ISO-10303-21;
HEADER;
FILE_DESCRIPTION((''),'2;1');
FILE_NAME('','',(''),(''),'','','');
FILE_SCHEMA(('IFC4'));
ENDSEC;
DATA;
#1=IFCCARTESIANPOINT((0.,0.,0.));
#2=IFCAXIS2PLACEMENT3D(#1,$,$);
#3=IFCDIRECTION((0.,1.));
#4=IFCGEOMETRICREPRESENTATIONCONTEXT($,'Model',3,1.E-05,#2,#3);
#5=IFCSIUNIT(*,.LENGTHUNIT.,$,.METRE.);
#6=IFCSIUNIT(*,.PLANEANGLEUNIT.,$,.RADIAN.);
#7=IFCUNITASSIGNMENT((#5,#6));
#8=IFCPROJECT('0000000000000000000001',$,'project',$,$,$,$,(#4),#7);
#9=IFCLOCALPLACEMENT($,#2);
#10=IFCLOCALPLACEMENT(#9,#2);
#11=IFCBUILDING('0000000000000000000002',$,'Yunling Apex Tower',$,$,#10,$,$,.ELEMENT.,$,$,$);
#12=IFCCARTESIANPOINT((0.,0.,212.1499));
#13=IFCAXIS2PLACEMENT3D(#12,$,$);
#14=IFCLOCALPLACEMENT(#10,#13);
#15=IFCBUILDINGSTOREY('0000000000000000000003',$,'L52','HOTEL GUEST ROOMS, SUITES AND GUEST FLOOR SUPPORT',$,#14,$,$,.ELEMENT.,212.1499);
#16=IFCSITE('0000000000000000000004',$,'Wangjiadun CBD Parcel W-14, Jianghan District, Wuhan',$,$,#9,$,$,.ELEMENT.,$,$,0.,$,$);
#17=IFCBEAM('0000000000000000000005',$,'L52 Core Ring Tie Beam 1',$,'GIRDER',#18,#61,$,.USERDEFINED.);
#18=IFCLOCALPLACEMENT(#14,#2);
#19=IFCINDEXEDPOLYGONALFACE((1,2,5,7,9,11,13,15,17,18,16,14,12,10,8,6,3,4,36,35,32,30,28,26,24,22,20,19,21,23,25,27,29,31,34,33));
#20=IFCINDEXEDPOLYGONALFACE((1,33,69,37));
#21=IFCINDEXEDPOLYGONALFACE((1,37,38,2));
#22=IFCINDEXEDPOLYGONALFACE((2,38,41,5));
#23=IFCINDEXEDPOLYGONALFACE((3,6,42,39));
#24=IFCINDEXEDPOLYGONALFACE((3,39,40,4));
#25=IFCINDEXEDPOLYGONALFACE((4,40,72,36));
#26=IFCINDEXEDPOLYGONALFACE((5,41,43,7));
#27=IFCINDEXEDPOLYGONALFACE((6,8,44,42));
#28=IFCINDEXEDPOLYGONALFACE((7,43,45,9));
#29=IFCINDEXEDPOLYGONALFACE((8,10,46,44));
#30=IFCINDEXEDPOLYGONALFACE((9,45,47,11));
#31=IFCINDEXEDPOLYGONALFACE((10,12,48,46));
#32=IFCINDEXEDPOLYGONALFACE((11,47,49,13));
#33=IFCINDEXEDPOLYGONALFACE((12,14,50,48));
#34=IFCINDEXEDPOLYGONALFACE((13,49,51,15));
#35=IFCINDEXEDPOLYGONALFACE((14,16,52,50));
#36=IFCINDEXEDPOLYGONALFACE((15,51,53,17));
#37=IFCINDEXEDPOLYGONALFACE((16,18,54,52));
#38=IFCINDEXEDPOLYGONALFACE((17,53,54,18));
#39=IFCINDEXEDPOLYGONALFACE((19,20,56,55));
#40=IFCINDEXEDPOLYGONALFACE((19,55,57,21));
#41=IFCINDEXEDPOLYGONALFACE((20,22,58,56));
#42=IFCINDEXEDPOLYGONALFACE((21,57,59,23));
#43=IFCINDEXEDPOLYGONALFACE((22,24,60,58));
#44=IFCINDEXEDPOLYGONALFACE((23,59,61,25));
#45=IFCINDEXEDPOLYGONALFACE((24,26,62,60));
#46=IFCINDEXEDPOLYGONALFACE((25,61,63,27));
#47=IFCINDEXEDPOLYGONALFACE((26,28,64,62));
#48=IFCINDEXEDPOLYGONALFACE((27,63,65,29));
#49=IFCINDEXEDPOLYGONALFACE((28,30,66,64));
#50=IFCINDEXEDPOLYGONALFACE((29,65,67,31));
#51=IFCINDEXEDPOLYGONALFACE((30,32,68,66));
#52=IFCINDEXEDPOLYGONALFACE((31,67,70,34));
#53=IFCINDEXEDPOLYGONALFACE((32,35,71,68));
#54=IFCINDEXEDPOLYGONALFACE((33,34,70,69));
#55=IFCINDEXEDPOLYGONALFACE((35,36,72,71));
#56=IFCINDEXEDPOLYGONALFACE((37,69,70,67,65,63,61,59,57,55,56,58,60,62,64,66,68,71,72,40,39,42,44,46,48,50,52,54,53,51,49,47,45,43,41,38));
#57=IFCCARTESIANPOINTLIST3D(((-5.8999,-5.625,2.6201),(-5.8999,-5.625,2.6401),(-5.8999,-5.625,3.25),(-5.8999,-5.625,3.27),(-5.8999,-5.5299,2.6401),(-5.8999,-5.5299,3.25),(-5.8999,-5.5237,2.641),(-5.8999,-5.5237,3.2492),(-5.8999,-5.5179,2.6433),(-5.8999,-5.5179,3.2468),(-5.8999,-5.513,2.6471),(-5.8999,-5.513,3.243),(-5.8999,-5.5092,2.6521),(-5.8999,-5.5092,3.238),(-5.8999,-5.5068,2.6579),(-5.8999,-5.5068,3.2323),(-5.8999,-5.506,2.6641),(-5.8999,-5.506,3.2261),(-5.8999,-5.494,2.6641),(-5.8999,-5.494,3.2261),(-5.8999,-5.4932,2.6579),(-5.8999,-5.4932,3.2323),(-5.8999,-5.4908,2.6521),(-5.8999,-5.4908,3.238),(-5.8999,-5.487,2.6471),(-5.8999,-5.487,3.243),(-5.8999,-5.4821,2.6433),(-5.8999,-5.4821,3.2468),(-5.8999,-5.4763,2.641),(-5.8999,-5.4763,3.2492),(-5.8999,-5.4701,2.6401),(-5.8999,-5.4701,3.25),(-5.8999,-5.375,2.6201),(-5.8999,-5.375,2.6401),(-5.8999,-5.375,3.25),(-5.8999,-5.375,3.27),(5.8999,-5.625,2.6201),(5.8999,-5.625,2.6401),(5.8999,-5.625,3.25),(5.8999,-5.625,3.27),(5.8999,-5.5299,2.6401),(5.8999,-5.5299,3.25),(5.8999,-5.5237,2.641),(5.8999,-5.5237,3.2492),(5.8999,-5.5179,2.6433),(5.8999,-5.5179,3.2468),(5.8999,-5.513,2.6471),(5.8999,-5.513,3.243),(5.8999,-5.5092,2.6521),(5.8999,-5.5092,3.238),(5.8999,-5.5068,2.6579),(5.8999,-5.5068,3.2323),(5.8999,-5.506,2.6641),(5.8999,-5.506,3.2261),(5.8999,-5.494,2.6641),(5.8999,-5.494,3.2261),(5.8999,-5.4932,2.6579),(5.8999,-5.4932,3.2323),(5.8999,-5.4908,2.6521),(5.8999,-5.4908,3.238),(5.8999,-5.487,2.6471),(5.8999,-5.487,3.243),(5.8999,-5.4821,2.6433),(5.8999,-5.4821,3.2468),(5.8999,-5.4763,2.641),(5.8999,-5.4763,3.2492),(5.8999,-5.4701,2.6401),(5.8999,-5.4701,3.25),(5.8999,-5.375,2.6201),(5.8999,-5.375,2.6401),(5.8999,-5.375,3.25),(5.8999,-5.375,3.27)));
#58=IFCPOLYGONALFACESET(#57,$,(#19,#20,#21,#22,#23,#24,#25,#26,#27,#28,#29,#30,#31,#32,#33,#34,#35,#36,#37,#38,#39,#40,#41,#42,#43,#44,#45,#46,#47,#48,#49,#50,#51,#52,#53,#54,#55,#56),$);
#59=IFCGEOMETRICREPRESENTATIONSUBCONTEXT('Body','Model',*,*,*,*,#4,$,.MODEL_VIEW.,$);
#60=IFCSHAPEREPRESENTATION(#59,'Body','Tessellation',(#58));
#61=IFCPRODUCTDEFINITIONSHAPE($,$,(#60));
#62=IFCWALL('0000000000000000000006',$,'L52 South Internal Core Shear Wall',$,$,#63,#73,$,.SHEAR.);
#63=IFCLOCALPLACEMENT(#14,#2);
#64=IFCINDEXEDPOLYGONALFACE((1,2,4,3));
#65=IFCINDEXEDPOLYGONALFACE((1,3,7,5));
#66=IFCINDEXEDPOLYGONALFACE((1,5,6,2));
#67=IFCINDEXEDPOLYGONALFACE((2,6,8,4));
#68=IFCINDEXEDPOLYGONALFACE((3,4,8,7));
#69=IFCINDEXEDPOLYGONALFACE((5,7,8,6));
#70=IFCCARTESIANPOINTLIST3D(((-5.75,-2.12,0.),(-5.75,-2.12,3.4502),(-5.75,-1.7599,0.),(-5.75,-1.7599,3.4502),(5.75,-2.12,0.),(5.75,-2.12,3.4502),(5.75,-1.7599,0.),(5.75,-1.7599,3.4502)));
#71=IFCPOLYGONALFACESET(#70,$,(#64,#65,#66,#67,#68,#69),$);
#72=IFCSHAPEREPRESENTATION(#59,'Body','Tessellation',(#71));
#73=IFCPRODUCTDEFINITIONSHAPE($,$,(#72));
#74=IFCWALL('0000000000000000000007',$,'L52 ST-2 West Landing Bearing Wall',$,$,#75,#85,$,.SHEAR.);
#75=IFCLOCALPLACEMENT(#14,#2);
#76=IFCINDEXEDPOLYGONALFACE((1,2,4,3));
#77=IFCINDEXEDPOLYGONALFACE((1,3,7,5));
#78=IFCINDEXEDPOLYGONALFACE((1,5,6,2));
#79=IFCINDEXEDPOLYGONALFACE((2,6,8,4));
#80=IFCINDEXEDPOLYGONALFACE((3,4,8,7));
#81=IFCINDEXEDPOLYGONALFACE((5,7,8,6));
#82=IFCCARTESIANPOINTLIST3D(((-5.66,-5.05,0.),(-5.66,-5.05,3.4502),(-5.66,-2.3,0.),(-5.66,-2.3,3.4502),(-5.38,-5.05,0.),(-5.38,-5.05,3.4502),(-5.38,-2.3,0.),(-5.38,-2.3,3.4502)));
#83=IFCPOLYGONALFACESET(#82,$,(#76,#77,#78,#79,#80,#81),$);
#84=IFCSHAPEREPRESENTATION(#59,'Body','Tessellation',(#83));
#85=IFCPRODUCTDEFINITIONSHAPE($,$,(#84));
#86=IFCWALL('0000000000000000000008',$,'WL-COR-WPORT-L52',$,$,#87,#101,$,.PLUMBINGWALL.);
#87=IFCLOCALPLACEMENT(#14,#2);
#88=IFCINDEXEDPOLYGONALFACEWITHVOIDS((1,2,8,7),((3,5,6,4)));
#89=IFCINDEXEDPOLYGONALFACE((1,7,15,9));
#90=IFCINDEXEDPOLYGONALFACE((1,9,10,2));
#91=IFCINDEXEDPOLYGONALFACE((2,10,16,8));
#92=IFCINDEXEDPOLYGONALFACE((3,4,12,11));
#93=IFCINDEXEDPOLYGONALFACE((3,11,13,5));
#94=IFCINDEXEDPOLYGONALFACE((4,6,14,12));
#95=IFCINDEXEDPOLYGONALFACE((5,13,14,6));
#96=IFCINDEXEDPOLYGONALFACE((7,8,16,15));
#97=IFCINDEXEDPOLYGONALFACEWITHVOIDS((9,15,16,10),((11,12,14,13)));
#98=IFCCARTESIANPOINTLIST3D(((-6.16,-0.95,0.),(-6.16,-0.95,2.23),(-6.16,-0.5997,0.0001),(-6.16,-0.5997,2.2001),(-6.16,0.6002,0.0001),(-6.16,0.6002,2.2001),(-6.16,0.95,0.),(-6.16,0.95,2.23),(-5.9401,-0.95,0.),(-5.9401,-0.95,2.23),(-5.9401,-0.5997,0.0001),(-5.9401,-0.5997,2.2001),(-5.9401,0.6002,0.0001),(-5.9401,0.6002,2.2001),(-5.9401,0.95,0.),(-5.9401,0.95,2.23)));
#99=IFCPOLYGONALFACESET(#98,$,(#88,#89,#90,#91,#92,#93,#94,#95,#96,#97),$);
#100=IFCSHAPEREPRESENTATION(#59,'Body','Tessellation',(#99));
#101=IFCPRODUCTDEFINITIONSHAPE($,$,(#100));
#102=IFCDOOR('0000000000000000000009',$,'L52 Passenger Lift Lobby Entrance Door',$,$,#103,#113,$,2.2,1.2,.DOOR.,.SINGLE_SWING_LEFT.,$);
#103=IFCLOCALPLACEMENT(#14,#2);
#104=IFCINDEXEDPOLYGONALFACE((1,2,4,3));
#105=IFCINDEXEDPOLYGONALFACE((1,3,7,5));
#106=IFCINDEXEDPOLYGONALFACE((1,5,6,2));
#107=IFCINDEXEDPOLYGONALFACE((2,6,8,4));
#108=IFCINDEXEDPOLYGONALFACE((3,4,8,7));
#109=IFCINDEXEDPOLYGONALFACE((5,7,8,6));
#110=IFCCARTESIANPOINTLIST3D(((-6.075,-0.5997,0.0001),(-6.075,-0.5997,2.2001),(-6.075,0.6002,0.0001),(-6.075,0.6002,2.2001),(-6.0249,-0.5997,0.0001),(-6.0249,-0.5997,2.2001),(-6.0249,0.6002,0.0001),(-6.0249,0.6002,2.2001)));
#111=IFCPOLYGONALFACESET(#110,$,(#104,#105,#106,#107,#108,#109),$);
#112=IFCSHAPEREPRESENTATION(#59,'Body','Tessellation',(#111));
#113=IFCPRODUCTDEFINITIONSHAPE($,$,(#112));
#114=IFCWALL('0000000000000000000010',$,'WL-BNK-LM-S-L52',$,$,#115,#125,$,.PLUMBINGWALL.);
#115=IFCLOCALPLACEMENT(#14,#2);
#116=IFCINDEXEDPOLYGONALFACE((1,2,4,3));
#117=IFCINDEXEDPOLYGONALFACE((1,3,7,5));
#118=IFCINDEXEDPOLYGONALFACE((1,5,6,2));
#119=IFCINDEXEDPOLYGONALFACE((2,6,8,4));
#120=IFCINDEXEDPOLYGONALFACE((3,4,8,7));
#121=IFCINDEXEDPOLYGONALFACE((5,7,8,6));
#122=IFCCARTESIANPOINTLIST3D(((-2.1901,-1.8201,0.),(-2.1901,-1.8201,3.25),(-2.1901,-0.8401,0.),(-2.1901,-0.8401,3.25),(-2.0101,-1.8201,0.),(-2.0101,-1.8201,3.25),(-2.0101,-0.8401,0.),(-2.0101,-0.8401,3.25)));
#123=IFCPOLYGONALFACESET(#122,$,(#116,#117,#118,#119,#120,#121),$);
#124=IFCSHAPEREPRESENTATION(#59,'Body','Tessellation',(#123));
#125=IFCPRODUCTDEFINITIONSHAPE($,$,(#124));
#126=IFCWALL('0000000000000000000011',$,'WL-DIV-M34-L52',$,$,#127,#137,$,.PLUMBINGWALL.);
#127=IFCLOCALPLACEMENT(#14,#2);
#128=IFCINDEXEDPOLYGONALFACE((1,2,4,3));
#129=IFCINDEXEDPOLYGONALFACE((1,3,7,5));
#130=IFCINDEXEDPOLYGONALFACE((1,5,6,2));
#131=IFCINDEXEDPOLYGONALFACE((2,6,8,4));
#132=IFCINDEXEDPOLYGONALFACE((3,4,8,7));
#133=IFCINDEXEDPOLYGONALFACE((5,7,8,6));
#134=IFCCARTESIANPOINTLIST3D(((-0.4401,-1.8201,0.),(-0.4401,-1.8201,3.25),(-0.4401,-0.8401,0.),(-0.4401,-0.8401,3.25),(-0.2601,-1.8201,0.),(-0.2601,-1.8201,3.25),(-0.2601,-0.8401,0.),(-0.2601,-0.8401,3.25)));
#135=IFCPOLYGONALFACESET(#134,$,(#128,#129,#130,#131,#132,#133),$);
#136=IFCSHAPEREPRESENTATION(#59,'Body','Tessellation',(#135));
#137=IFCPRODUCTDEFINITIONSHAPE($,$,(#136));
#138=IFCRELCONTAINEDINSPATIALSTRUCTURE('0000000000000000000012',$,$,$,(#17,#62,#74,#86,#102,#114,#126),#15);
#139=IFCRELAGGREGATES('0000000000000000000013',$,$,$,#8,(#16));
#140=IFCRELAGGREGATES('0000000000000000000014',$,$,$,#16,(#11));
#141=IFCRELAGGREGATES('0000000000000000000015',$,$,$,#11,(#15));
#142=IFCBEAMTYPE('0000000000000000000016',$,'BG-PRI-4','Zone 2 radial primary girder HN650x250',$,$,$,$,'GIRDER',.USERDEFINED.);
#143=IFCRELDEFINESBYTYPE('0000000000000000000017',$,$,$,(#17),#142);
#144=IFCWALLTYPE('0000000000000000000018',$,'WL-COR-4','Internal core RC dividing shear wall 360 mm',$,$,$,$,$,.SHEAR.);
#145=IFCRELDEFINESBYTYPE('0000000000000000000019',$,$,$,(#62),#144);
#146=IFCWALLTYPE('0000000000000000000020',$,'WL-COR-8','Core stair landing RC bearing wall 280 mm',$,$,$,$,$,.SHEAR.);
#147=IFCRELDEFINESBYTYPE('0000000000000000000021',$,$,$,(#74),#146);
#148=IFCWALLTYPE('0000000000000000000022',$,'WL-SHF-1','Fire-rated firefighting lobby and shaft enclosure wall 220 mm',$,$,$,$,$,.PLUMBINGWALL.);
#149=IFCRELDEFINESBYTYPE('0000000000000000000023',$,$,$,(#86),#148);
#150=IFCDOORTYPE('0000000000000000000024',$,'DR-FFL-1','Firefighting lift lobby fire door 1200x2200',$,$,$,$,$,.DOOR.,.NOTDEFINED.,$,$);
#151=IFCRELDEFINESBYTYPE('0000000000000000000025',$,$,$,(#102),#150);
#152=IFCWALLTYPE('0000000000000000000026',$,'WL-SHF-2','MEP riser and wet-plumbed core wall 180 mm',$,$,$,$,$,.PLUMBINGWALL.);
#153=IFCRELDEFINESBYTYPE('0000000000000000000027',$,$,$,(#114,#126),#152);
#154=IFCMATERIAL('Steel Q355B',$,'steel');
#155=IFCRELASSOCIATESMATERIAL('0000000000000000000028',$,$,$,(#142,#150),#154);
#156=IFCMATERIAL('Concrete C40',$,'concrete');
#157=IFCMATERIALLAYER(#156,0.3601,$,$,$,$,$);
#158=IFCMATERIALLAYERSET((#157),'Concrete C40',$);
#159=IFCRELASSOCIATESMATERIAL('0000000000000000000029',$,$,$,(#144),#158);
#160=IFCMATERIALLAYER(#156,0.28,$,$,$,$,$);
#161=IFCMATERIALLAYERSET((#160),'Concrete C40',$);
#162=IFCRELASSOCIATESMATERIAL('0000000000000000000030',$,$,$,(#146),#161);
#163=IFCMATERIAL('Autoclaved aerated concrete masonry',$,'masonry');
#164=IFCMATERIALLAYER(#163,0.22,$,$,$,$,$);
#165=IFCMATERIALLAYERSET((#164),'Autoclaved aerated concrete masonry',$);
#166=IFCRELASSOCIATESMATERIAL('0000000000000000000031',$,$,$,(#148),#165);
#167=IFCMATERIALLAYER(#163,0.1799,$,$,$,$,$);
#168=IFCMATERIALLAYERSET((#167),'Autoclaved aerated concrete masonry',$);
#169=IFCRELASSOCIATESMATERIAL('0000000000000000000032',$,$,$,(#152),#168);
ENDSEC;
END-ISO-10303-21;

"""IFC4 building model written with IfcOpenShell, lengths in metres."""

from ifc_helpers import new_model, si_unit, direction, frame, frame_2d, origin, origin_2d, place, context, subcontext, project, spatial, rectangle, i_section, extrude, source, transform, mapped, material, layer, layer_set, material_profile, profile_set, type_object, element, fill, save


model = new_model("IFC4")

# Units and contexts
model_context = context("Model", 3, precision=1e-05, world=origin(), true_north=direction((0.0, 1.0)))
body_context = subcontext(model_context, "Body", "Model", "MODEL_VIEW")
ifc_project = project(units=[si_unit("LENGTHUNIT", "METRE"), si_unit("PLANEANGLEUNIT", "RADIAN")], contexts=[model_context])

# Site, building, storey
site_placement = place(None, origin())
site = spatial("IfcSite", under=ifc_project, at=site_placement, Name="Wangjiadun CBD Parcel W-14, Jianghan District, Wuhan", CompositionType="ELEMENT", RefElevation=0.0)
building_placement = place(site_placement, origin())
building = spatial("IfcBuilding", under=site, at=building_placement, Name="Yunling Apex Tower", CompositionType="ELEMENT")
storey_placement = place(building_placement, frame((0.0, 0.0, 212.1499)))
storey = spatial("IfcBuildingStorey", under=building, at=storey_placement, Name="L52", Description="HOTEL GUEST ROOMS, SUITES AND GUEST FLOOR SUPPORT", CompositionType="ELEMENT", Elevation=212.1499)

# Beam
ifc_material_1 = material(Name="Steel Q355B", Category="steel")
ifc_material_profile_1 = material_profile(ifc_material_1, i_section(OverallWidth=0.25, OverallDepth=0.6499, WebThickness=0.012, FlangeThickness=0.02, FilletRadius=0.0239, at=origin_2d()))
ifc_profile_set_1 = profile_set([ifc_material_profile_1], Name="Steel Q355B")
beam_type_1 = type_object("IfcBeamType", Name="BG-PRI-4", Description="Zone 2 radial primary girder HN650x250", ElementType="GIRDER", PredefinedType="USERDEFINED", material=ifc_profile_set_1)
shared_shape_1 = source(origin(), body_context, "Body", "SweptSolid", [
    extrude(i_section(OverallWidth=0.25, OverallDepth=0.6499, WebThickness=0.012, FlangeThickness=0.02, FilletRadius=0.0239, at=origin_2d()), origin(), (0.0, 0.0, 1.0), 11.7998),
])
beam_1_placement = place(storey_placement, frame((-5.8999, -5.5, 2.9451), z_axis=(1.0, 0.0, 0.0), x_axis=(0.0, 1.0, 0.0)))
element("IfcBeam", 1, at=beam_1_placement, inside=storey, type_object=beam_type_1, Name="L52 Core Ring Tie Beam 1", ObjectType="GIRDER", PredefinedType="USERDEFINED", context=body_context, shape_type="MappedRepresentation", body=[
    mapped(shared_shape_1, transform((0.0, 0.0, 0.0), scale=1.0)),
])

# Walls
ifc_material_2 = material(Name="Concrete C40", Category="concrete")
ifc_layer_1 = layer(ifc_material_2, 0.3601)
ifc_layer_set_1 = layer_set([ifc_layer_1], Name="Concrete C40")
wall_type_1 = type_object("IfcWallType", Name="WL-COR-4", Description="Internal core RC dividing shear wall 360 mm", PredefinedType="SHEAR", material=ifc_layer_set_1)
wall_1_placement = place(storey_placement, frame((-5.75, -1.9399, 0.0), z_axis=(0.0, 0.0, 1.0), x_axis=(1.0, 0.0, 0.0)))
element("IfcWall", 2, at=wall_1_placement, inside=storey, type_object=wall_type_1, Name="L52 South Internal Core Shear Wall", PredefinedType="SHEAR", context=body_context, shape_type="SweptSolid", body=[
    extrude(rectangle(XDim=11.5, YDim=0.3601, at=frame_2d((5.75, 0.0))), origin(), (0.0, 0.0, 1.0), 3.4502),
])
ifc_layer_2 = layer(ifc_material_2, 0.28)
ifc_layer_set_2 = layer_set([ifc_layer_2], Name="Concrete C40")
wall_type_2 = type_object("IfcWallType", Name="WL-COR-8", Description="Core stair landing RC bearing wall 280 mm", PredefinedType="SHEAR", material=ifc_layer_set_2)
wall_2_placement = place(storey_placement, frame((-5.52, -5.05, 0.0), z_axis=(0.0, 0.0, 1.0), x_axis=(0.0, 1.0, 0.0)))
element("IfcWall", 3, at=wall_2_placement, inside=storey, type_object=wall_type_2, Name="L52 ST-2 West Landing Bearing Wall", PredefinedType="SHEAR", context=body_context, shape_type="SweptSolid", body=[
    extrude(rectangle(XDim=2.75, YDim=0.28, at=frame_2d((1.375, 0.0))), origin(), (0.0, 0.0, 1.0), 3.4502),
])

# Wall, opening, door
ifc_material_3 = material(Name="Autoclaved aerated concrete masonry", Category="masonry")
ifc_layer_3 = layer(ifc_material_3, 0.22)
ifc_layer_set_3 = layer_set([ifc_layer_3], Name="Autoclaved aerated concrete masonry")
wall_type_3 = type_object("IfcWallType", Name="WL-SHF-1", Description="Fire-rated firefighting lobby and shaft enclosure wall 220 mm", PredefinedType="PLUMBINGWALL", material=ifc_layer_set_3)
wall_3_placement = place(storey_placement, frame((-6.05, -0.95, 0.0), z_axis=(0.0, 0.0, 1.0), x_axis=(0.0, 1.0, 0.0)))
wall_3 = element("IfcWall", 4, at=wall_3_placement, inside=storey, type_object=wall_type_3, Name="WL-COR-WPORT-L52", PredefinedType="PLUMBINGWALL", context=body_context, shape_type="SweptSolid", body=[
    extrude(rectangle(XDim=1.8999, YDim=0.22, at=frame_2d((0.95, 0.0))), origin(), (0.0, 0.0, 1.0), 2.23),
])
opening_1_placement = place(wall_3_placement, frame((0.3501, 0.0, 0.0)))
opening_1 = element("IfcOpeningElement", 5, at=opening_1_placement, cuts=wall_3, PredefinedType="OPENING", context=body_context, shape_type="SweptSolid", body=[
    extrude(rectangle(XDim=1.2, YDim=2.2, at=frame_2d((0.6001, 1.1001))), frame((0.0, 0.1201, 0.0), z_axis=(0.0, -1.0, 0.0), x_axis=(1.0, 0.0, 0.0)), (0.0, 0.0, 1.0), 0.24),
])
door_type_1 = type_object("IfcDoorType", Name="DR-FFL-1", Description="Firefighting lift lobby fire door 1200x2200", OperationType="NOTDEFINED", PredefinedType="DOOR", material=ifc_material_1)
door_1_placement = place(opening_1_placement, origin())
door_1 = element("IfcDoor", 6, at=door_1_placement, inside=storey, type_object=door_type_1, Name="L52 Passenger Lift Lobby Entrance Door", OperationType="SINGLE_SWING_LEFT", OverallHeight=2.2, OverallWidth=1.2, PredefinedType="DOOR", context=body_context, shape_type="SweptSolid", body=[
    extrude(rectangle(XDim=1.2, YDim=2.2, at=frame_2d((0.6001, 1.1001))), frame((0.0, 0.0249, 0.0), z_axis=(0.0, -1.0, 0.0), x_axis=(1.0, 0.0, 0.0)), (0.0, 0.0, 1.0), 0.05),
])
fill(opening_1, door_1)

# Walls
ifc_layer_4 = layer(ifc_material_3, 0.1799)
ifc_layer_set_4 = layer_set([ifc_layer_4], Name="Autoclaved aerated concrete masonry")
wall_type_4 = type_object("IfcWallType", Name="WL-SHF-2", Description="MEP riser and wet-plumbed core wall 180 mm", PredefinedType="PLUMBINGWALL", material=ifc_layer_set_4)
for number, where, z_axis, x_axis, name in (
    (7, (-2.1001, -1.8201, 0.0), (0.0, 0.0, 1.0), (0.0, 1.0, 0.0), "WL-BNK-LM-S-L52"),
    (8, (-0.3501, -1.8201, 0.0), (0.0, 0.0, 1.0), (0.0, 1.0, 0.0), "WL-DIV-M34-L52"),
):
    element("IfcWall", number, at=place(storey_placement, frame(where, z_axis=z_axis, x_axis=x_axis)), inside=storey, type_object=wall_type_4, Name=name, PredefinedType="PLUMBINGWALL", context=body_context, shape_type="SweptSolid", body=[
        extrude(rectangle(XDim=0.98, YDim=0.1799, at=frame_2d((0.49, 0.0))), origin(), (0.0, 0.0, 1.0), 3.25),
    ])

save(model, "model.ifc")
